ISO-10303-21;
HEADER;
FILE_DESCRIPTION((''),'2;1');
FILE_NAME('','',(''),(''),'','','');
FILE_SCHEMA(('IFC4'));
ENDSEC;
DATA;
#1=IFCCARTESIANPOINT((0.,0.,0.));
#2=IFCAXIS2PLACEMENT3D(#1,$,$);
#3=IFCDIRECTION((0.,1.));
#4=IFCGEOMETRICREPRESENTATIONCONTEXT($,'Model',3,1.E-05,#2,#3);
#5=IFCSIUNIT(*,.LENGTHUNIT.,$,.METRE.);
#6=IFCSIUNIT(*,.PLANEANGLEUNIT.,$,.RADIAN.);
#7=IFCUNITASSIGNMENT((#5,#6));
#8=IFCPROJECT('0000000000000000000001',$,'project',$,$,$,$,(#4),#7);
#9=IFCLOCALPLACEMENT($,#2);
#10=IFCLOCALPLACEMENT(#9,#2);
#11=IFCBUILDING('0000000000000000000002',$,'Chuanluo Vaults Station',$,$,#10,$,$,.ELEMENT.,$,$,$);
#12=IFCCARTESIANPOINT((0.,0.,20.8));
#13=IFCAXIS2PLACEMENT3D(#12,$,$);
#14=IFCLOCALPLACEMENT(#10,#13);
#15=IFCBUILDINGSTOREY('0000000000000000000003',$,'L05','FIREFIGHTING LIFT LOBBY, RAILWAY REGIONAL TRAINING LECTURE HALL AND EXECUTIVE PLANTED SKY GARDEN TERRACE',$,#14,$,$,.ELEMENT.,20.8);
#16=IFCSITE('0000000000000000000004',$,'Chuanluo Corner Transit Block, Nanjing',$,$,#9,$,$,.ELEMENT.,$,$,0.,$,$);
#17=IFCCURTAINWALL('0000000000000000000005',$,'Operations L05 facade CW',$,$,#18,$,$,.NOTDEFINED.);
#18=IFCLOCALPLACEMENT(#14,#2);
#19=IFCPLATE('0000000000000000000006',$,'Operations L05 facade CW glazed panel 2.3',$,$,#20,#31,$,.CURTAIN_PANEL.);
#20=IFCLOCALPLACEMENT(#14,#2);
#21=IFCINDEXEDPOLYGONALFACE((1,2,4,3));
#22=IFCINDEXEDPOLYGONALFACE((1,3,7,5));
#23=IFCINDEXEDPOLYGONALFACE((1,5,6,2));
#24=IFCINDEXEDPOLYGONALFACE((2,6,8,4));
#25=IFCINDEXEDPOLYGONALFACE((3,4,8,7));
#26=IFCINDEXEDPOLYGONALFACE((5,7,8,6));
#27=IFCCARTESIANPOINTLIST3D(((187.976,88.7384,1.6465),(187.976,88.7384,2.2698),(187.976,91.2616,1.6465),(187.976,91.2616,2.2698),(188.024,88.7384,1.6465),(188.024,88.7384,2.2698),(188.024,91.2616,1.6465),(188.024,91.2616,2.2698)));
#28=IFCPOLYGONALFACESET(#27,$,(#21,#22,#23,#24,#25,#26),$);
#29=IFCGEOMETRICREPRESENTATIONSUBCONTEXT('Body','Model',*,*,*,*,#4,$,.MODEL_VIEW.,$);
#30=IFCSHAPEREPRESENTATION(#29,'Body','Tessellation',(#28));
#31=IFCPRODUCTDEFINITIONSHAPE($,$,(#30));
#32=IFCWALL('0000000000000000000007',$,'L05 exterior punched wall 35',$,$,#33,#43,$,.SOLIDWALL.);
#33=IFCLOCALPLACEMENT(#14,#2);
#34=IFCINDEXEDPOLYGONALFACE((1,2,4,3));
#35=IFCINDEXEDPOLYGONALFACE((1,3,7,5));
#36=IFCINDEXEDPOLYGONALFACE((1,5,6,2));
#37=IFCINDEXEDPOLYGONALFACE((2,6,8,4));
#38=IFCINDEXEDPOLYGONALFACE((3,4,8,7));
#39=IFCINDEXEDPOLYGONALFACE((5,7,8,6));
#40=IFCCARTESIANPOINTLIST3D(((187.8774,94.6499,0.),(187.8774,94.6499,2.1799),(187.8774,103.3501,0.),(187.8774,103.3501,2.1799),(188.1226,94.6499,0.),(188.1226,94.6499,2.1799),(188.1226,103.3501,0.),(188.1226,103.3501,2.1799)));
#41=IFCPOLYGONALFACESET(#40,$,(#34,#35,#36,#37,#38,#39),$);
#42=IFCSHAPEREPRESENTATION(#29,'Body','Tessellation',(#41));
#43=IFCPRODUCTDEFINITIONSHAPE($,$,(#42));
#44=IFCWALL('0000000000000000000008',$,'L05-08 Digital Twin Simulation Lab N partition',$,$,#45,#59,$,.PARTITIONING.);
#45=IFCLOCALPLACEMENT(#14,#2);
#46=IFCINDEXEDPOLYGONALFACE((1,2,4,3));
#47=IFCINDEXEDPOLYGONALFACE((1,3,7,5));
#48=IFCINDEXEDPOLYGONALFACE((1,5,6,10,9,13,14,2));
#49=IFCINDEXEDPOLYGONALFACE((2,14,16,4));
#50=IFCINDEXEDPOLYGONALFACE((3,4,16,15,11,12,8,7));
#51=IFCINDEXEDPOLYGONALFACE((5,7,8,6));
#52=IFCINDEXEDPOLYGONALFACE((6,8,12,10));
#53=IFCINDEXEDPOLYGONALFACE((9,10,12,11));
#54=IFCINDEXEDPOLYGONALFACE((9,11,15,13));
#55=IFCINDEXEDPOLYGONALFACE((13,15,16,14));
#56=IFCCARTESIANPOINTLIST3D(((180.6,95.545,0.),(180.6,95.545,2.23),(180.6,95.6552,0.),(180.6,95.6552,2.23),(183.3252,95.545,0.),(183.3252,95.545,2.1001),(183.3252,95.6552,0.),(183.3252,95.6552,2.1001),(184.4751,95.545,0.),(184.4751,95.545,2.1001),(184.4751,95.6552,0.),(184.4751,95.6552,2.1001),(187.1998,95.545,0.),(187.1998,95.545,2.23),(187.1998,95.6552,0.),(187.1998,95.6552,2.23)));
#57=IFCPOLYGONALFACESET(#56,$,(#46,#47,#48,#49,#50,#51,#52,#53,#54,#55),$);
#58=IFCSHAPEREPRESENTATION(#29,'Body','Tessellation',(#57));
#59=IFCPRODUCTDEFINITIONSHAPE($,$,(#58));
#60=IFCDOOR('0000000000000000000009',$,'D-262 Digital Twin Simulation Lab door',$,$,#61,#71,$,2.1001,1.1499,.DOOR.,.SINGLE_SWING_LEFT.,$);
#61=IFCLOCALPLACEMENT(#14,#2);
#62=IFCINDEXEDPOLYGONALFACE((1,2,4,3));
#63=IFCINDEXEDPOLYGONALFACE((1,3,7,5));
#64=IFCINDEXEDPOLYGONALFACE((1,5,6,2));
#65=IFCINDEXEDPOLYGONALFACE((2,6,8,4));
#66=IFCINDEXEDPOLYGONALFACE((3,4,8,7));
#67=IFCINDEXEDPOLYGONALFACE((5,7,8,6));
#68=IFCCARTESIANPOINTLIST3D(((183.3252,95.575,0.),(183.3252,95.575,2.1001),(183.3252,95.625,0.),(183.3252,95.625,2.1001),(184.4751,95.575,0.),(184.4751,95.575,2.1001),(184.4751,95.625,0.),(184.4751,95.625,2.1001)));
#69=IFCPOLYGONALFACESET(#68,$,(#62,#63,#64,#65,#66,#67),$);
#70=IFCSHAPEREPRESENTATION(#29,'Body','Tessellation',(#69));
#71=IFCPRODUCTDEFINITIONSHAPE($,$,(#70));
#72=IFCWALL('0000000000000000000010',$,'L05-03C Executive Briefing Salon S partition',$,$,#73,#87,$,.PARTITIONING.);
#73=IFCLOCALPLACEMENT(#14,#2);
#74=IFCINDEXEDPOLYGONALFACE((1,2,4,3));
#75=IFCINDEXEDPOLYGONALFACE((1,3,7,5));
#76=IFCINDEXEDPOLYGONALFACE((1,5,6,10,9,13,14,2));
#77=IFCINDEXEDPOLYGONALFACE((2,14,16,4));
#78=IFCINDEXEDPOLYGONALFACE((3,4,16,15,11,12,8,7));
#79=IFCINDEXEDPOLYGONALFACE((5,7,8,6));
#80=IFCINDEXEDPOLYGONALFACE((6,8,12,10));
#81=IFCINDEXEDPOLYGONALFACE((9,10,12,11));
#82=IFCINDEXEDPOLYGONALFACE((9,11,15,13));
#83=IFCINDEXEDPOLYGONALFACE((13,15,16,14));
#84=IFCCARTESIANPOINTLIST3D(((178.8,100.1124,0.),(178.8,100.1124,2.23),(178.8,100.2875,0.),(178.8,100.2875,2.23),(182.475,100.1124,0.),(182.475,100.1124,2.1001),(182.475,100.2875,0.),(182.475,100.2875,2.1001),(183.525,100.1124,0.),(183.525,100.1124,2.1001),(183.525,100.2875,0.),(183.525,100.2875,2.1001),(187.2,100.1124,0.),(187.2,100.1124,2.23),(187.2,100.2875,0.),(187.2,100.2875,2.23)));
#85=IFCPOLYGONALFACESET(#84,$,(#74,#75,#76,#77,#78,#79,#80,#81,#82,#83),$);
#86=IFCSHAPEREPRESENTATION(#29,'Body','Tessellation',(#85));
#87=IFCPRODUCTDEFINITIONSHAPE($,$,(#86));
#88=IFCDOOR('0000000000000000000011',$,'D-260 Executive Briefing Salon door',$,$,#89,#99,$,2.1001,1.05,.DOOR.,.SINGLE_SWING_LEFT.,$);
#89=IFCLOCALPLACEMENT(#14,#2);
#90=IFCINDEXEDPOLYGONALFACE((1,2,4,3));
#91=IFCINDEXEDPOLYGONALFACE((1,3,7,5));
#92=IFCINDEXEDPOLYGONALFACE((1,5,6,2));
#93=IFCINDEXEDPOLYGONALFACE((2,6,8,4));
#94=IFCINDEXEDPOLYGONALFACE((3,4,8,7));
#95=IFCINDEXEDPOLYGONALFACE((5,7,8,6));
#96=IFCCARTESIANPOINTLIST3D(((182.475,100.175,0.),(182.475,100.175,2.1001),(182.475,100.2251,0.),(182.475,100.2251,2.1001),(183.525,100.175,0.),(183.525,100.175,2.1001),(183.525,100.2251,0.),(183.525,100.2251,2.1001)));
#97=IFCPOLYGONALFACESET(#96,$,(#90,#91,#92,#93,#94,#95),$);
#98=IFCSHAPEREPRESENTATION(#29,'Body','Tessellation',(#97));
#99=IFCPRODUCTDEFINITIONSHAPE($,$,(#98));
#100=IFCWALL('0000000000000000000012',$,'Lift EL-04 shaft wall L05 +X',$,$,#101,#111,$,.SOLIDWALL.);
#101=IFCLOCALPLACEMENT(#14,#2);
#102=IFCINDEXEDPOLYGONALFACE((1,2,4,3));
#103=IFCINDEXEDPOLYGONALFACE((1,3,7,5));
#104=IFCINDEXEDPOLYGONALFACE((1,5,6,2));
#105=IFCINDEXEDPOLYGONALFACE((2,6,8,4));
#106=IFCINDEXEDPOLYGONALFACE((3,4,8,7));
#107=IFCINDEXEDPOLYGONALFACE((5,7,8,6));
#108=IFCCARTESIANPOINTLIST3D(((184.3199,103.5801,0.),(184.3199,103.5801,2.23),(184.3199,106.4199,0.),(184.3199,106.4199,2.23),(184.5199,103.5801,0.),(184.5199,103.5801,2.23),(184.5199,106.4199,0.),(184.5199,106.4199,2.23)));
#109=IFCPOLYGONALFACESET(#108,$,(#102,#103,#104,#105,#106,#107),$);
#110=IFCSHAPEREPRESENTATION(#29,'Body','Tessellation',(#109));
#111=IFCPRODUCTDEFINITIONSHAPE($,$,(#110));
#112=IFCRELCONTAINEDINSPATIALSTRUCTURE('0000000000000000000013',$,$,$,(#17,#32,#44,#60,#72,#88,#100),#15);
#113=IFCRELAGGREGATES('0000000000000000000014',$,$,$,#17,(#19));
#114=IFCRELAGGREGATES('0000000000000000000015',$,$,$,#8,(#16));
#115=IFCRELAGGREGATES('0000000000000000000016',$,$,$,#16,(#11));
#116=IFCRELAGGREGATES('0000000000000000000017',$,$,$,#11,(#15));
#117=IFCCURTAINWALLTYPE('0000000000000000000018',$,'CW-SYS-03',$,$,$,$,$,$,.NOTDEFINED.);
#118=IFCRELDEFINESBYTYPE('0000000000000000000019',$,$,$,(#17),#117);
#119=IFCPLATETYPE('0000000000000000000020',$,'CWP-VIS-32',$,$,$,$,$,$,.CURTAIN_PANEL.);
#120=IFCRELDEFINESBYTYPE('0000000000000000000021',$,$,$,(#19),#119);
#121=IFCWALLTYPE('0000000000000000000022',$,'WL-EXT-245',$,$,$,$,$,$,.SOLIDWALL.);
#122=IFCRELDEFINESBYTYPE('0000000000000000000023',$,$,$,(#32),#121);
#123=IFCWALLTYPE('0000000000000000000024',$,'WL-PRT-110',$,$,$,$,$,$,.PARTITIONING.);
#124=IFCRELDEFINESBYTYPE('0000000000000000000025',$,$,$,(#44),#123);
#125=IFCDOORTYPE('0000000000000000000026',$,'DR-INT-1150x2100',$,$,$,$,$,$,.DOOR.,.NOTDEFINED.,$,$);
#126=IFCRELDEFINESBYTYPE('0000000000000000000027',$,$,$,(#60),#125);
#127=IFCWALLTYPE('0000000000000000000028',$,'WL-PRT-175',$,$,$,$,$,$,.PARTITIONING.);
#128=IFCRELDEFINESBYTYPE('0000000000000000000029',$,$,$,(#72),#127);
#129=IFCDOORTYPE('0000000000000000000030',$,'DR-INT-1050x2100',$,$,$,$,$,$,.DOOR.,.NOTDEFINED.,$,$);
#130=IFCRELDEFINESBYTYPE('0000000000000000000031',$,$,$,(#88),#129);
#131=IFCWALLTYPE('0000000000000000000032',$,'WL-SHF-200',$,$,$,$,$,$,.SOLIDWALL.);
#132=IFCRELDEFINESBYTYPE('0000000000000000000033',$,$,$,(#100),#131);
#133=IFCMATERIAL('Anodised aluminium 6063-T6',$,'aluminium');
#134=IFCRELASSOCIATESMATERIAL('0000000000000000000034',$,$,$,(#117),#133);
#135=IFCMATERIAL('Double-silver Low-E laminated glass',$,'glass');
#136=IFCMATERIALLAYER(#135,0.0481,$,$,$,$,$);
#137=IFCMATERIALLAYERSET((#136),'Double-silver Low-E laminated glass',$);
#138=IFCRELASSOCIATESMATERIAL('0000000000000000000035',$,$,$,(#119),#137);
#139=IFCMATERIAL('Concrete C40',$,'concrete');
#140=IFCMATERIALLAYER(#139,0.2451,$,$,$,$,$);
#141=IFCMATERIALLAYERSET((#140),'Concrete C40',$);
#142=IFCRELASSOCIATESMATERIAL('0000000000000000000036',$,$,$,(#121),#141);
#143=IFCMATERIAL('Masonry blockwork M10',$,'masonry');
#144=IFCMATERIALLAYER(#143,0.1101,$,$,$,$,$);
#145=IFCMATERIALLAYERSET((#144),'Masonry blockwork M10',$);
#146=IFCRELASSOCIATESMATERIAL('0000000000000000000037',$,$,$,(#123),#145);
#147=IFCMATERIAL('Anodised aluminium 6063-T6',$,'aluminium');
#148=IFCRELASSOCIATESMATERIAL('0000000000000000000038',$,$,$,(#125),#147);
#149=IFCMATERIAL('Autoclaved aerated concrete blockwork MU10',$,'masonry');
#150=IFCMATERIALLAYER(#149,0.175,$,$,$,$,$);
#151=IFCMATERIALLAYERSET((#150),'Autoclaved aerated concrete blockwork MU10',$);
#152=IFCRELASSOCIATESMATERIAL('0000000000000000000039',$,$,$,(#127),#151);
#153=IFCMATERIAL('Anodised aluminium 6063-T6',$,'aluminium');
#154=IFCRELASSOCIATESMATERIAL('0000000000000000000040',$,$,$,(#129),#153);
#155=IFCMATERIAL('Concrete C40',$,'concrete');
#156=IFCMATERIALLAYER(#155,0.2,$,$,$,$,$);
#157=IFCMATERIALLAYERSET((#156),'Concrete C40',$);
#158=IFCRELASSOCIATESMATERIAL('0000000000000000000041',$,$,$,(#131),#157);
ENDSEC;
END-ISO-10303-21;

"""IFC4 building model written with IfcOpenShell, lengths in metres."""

from ifc_helpers import new_model, si_unit, direction, frame, frame_2d, origin, origin_2d, place, context, subcontext, project, spatial, rectangle, extrude, material, layer, layer_set, type_object, element, fill, aggregate, save


model = new_model("IFC4")

# Units and contexts
model_context = context("Model", 3, precision=1e-05, world=origin(), true_north=direction((0.0, 1.0)))
body_context = subcontext(model_context, "Body", "Model", "MODEL_VIEW")
ifc_project = project(units=[si_unit("LENGTHUNIT", "METRE"), si_unit("PLANEANGLEUNIT", "RADIAN")], contexts=[model_context])

# Site, building, storey
site_placement = place(None, origin())
site = spatial("IfcSite", under=ifc_project, at=site_placement, Name="Chuanluo Corner Transit Block, Nanjing", CompositionType="ELEMENT", RefElevation=0.0)
building_placement = place(site_placement, origin())
building = spatial("IfcBuilding", under=site, at=building_placement, Name="Chuanluo Vaults Station", CompositionType="ELEMENT")
storey_placement = place(building_placement, frame((0.0, 0.0, 20.8)))
storey = spatial("IfcBuildingStorey", under=building, at=storey_placement, Name="L05", Description="FIREFIGHTING LIFT LOBBY, RAILWAY REGIONAL TRAINING LECTURE HALL AND EXECUTIVE PLANTED SKY GARDEN TERRACE", CompositionType="ELEMENT", Elevation=20.8)

# Curtain wall
ifc_material_1 = material(Name="Anodised aluminium 6063-T6", Category="aluminium")
curtain_wall_type_1 = type_object("IfcCurtainWallType", Name="CW-SYS-03", PredefinedType="NOTDEFINED", material=ifc_material_1)
curtain_wall_1_placement = place(storey_placement, origin())
curtain_wall_1 = element("IfcCurtainWall", 1, at=curtain_wall_1_placement, inside=storey, type_object=curtain_wall_type_1, Name="Operations L05 facade CW", PredefinedType="NOTDEFINED")

# Plate
ifc_material_2 = material(Name="Double-silver Low-E laminated glass", Category="glass")
ifc_layer_1 = layer(ifc_material_2, 0.0481)
ifc_layer_set_1 = layer_set([ifc_layer_1], Name="Double-silver Low-E laminated glass")
plate_type_1 = type_object("IfcPlateType", Name="CWP-VIS-32", PredefinedType="CURTAIN_PANEL", material=ifc_layer_set_1)
plate_1_placement = place(storey_placement, frame((188.0, 90.0, 1.6465), z_axis=(0.0, 0.0, 1.0), x_axis=(0.0, -1.0, 0.0)))
plate_1 = element("IfcPlate", 2, at=plate_1_placement, type_object=plate_type_1, Name="Operations L05 facade CW glazed panel 2.3", PredefinedType="CURTAIN_PANEL", context=body_context, shape_type="SweptSolid", body=[
    extrude(rectangle(XDim=2.5232, YDim=0.0481, at=origin_2d()), origin(), (0.0, 0.0, 1.0), 0.6233),
])
aggregate(curtain_wall_1, [plate_1])

# Wall
ifc_material_3 = material(Name="Concrete C40", Category="concrete")
ifc_layer_2 = layer(ifc_material_3, 0.2451)
ifc_layer_set_2 = layer_set([ifc_layer_2], Name="Concrete C40")
wall_type_1 = type_object("IfcWallType", Name="WL-EXT-245", PredefinedType="SOLIDWALL", material=ifc_layer_set_2)
wall_1_placement = place(storey_placement, frame((188.0, 103.3501, 0.0), z_axis=(0.0, 0.0, 1.0), x_axis=(0.0, -1.0, 0.0)))
element("IfcWall", 3, at=wall_1_placement, inside=storey, type_object=wall_type_1, Name="L05 exterior punched wall 35", PredefinedType="SOLIDWALL", context=body_context, shape_type="SweptSolid", body=[
    extrude(rectangle(XDim=8.7002, YDim=0.2451, at=frame_2d((4.3501, 0.0))), origin(), (0.0, 0.0, 1.0), 2.1799),
])

# Walls, openings, doors
ifc_material_4 = material(Name="Masonry blockwork M10", Category="masonry")
ifc_layer_3 = layer(ifc_material_4, 0.1101)
ifc_layer_set_3 = layer_set([ifc_layer_3], Name="Masonry blockwork M10")
wall_type_2 = type_object("IfcWallType", Name="WL-PRT-110", PredefinedType="PARTITIONING", material=ifc_layer_set_3)
wall_2_placement = place(storey_placement, frame((180.6001, 95.6001, 0.0), z_axis=(0.0, 0.0, 1.0), x_axis=(1.0, 0.0, 0.0)))
wall_2 = element("IfcWall", 4, at=wall_2_placement, inside=storey, type_object=wall_type_2, Name="L05-08 Digital Twin Simulation Lab N partition", PredefinedType="PARTITIONING", context=body_context, shape_type="SweptSolid", body=[
    extrude(rectangle(XDim=6.5999, YDim=0.1101, at=frame_2d((3.2998, 0.0))), origin(), (0.0, 0.0, 1.0), 2.23),
])
opening_1_placement = place(wall_2_placement, frame((2.7251, 0.0, 0.0)))
opening_1 = element("IfcOpeningElement", 5, at=opening_1_placement, cuts=wall_2, PredefinedType="OPENING", context=body_context, shape_type="SweptSolid", body=[
    extrude(rectangle(XDim=1.1499, YDim=2.1001, at=frame_2d((0.575, 1.05))), frame((0.0, 0.0652, 0.0), z_axis=(0.0, -1.0, 0.0), x_axis=(1.0, 0.0, 0.0)), (0.0, 0.0, 1.0), 0.1301),
])
ifc_material_5 = material(Name="Anodised aluminium 6063-T6", Category="aluminium")
door_type_1 = type_object("IfcDoorType", Name="DR-INT-1150x2100", OperationType="NOTDEFINED", PredefinedType="DOOR", material=ifc_material_5)
door_1_placement = place(opening_1_placement, origin())
door_1 = element("IfcDoor", 6, at=door_1_placement, inside=storey, type_object=door_type_1, Name="D-262 Digital Twin Simulation Lab door", OperationType="SINGLE_SWING_LEFT", OverallHeight=2.1001, OverallWidth=1.1499, PredefinedType="DOOR", context=body_context, shape_type="SweptSolid", body=[
    extrude(rectangle(XDim=1.1499, YDim=2.1001, at=frame_2d((0.575, 1.05))), frame((0.0, 0.0249, 0.0), z_axis=(0.0, -1.0, 0.0), x_axis=(1.0, 0.0, 0.0)), (0.0, 0.0, 1.0), 0.05),
])
fill(opening_1, door_1)
ifc_material_6 = material(Name="Autoclaved aerated concrete blockwork MU10", Category="masonry")
ifc_layer_4 = layer(ifc_material_6, 0.175)
ifc_layer_set_4 = layer_set([ifc_layer_4], Name="Autoclaved aerated concrete blockwork MU10")
wall_type_3 = type_object("IfcWallType", Name="WL-PRT-175", PredefinedType="PARTITIONING", material=ifc_layer_set_4)
wall_3_placement = place(storey_placement, frame((187.2, 100.2, 0.0), z_axis=(0.0, 0.0, 1.0), x_axis=(-1.0, 0.0, 0.0)))
wall_3 = element("IfcWall", 7, at=wall_3_placement, inside=storey, type_object=wall_type_3, Name="L05-03C Executive Briefing Salon S partition", PredefinedType="PARTITIONING", context=body_context, shape_type="SweptSolid", body=[
    extrude(rectangle(XDim=8.3999, YDim=0.175, at=frame_2d((4.2, 0.0))), origin(), (0.0, 0.0, 1.0), 2.23),
])
opening_2_placement = place(wall_3_placement, frame((3.675, 0.0, 0.0)))
opening_2 = element("IfcOpeningElement", 8, at=opening_2_placement, cuts=wall_3, PredefinedType="OPENING", context=body_context, shape_type="SweptSolid", body=[
    extrude(rectangle(XDim=1.05, YDim=2.1001, at=frame_2d((0.5249, 1.05))), frame((0.0, 0.0974, 0.0), z_axis=(0.0, -1.0, 0.0), x_axis=(1.0, 0.0, 0.0)), (0.0, 0.0, 1.0), 0.1951),
])
ifc_material_7 = material(Name="Anodised aluminium 6063-T6", Category="aluminium")
door_type_2 = type_object("IfcDoorType", Name="DR-INT-1050x2100", OperationType="NOTDEFINED", PredefinedType="DOOR", material=ifc_material_7)
door_2_placement = place(opening_2_placement, origin())
door_2 = element("IfcDoor", 9, at=door_2_placement, inside=storey, type_object=door_type_2, Name="D-260 Executive Briefing Salon door", OperationType="SINGLE_SWING_LEFT", OverallHeight=2.1001, OverallWidth=1.05, PredefinedType="DOOR", context=body_context, shape_type="SweptSolid", body=[
    extrude(rectangle(XDim=1.05, YDim=2.1001, at=frame_2d((0.5249, 1.05))), frame((0.0, 0.0249, 0.0), z_axis=(0.0, -1.0, 0.0), x_axis=(1.0, 0.0, 0.0)), (0.0, 0.0, 1.0), 0.05),
])
fill(opening_2, door_2)
ifc_material_8 = material(Name="Concrete C40", Category="concrete")
ifc_layer_5 = layer(ifc_material_8, 0.2)
ifc_layer_set_5 = layer_set([ifc_layer_5], Name="Concrete C40")
wall_type_4 = type_object("IfcWallType", Name="WL-SHF-200", PredefinedType="SOLIDWALL", material=ifc_layer_set_5)

# Wall
wall_4_placement = place(storey_placement, frame((184.4199, 103.5801, 0.0), z_axis=(0.0, 0.0, 1.0), x_axis=(0.0, 1.0, 0.0)))
element("IfcWall", 10, at=wall_4_placement, inside=storey, type_object=wall_type_4, Name="Lift EL-04 shaft wall L05 +X", PredefinedType="SOLIDWALL", context=body_context, shape_type="SweptSolid", body=[
    extrude(rectangle(XDim=2.8398, YDim=0.2, at=frame_2d((1.4199, 0.0))), origin(), (0.0, 0.0, 1.0), 2.23),
])

save(model, "model.ifc")
